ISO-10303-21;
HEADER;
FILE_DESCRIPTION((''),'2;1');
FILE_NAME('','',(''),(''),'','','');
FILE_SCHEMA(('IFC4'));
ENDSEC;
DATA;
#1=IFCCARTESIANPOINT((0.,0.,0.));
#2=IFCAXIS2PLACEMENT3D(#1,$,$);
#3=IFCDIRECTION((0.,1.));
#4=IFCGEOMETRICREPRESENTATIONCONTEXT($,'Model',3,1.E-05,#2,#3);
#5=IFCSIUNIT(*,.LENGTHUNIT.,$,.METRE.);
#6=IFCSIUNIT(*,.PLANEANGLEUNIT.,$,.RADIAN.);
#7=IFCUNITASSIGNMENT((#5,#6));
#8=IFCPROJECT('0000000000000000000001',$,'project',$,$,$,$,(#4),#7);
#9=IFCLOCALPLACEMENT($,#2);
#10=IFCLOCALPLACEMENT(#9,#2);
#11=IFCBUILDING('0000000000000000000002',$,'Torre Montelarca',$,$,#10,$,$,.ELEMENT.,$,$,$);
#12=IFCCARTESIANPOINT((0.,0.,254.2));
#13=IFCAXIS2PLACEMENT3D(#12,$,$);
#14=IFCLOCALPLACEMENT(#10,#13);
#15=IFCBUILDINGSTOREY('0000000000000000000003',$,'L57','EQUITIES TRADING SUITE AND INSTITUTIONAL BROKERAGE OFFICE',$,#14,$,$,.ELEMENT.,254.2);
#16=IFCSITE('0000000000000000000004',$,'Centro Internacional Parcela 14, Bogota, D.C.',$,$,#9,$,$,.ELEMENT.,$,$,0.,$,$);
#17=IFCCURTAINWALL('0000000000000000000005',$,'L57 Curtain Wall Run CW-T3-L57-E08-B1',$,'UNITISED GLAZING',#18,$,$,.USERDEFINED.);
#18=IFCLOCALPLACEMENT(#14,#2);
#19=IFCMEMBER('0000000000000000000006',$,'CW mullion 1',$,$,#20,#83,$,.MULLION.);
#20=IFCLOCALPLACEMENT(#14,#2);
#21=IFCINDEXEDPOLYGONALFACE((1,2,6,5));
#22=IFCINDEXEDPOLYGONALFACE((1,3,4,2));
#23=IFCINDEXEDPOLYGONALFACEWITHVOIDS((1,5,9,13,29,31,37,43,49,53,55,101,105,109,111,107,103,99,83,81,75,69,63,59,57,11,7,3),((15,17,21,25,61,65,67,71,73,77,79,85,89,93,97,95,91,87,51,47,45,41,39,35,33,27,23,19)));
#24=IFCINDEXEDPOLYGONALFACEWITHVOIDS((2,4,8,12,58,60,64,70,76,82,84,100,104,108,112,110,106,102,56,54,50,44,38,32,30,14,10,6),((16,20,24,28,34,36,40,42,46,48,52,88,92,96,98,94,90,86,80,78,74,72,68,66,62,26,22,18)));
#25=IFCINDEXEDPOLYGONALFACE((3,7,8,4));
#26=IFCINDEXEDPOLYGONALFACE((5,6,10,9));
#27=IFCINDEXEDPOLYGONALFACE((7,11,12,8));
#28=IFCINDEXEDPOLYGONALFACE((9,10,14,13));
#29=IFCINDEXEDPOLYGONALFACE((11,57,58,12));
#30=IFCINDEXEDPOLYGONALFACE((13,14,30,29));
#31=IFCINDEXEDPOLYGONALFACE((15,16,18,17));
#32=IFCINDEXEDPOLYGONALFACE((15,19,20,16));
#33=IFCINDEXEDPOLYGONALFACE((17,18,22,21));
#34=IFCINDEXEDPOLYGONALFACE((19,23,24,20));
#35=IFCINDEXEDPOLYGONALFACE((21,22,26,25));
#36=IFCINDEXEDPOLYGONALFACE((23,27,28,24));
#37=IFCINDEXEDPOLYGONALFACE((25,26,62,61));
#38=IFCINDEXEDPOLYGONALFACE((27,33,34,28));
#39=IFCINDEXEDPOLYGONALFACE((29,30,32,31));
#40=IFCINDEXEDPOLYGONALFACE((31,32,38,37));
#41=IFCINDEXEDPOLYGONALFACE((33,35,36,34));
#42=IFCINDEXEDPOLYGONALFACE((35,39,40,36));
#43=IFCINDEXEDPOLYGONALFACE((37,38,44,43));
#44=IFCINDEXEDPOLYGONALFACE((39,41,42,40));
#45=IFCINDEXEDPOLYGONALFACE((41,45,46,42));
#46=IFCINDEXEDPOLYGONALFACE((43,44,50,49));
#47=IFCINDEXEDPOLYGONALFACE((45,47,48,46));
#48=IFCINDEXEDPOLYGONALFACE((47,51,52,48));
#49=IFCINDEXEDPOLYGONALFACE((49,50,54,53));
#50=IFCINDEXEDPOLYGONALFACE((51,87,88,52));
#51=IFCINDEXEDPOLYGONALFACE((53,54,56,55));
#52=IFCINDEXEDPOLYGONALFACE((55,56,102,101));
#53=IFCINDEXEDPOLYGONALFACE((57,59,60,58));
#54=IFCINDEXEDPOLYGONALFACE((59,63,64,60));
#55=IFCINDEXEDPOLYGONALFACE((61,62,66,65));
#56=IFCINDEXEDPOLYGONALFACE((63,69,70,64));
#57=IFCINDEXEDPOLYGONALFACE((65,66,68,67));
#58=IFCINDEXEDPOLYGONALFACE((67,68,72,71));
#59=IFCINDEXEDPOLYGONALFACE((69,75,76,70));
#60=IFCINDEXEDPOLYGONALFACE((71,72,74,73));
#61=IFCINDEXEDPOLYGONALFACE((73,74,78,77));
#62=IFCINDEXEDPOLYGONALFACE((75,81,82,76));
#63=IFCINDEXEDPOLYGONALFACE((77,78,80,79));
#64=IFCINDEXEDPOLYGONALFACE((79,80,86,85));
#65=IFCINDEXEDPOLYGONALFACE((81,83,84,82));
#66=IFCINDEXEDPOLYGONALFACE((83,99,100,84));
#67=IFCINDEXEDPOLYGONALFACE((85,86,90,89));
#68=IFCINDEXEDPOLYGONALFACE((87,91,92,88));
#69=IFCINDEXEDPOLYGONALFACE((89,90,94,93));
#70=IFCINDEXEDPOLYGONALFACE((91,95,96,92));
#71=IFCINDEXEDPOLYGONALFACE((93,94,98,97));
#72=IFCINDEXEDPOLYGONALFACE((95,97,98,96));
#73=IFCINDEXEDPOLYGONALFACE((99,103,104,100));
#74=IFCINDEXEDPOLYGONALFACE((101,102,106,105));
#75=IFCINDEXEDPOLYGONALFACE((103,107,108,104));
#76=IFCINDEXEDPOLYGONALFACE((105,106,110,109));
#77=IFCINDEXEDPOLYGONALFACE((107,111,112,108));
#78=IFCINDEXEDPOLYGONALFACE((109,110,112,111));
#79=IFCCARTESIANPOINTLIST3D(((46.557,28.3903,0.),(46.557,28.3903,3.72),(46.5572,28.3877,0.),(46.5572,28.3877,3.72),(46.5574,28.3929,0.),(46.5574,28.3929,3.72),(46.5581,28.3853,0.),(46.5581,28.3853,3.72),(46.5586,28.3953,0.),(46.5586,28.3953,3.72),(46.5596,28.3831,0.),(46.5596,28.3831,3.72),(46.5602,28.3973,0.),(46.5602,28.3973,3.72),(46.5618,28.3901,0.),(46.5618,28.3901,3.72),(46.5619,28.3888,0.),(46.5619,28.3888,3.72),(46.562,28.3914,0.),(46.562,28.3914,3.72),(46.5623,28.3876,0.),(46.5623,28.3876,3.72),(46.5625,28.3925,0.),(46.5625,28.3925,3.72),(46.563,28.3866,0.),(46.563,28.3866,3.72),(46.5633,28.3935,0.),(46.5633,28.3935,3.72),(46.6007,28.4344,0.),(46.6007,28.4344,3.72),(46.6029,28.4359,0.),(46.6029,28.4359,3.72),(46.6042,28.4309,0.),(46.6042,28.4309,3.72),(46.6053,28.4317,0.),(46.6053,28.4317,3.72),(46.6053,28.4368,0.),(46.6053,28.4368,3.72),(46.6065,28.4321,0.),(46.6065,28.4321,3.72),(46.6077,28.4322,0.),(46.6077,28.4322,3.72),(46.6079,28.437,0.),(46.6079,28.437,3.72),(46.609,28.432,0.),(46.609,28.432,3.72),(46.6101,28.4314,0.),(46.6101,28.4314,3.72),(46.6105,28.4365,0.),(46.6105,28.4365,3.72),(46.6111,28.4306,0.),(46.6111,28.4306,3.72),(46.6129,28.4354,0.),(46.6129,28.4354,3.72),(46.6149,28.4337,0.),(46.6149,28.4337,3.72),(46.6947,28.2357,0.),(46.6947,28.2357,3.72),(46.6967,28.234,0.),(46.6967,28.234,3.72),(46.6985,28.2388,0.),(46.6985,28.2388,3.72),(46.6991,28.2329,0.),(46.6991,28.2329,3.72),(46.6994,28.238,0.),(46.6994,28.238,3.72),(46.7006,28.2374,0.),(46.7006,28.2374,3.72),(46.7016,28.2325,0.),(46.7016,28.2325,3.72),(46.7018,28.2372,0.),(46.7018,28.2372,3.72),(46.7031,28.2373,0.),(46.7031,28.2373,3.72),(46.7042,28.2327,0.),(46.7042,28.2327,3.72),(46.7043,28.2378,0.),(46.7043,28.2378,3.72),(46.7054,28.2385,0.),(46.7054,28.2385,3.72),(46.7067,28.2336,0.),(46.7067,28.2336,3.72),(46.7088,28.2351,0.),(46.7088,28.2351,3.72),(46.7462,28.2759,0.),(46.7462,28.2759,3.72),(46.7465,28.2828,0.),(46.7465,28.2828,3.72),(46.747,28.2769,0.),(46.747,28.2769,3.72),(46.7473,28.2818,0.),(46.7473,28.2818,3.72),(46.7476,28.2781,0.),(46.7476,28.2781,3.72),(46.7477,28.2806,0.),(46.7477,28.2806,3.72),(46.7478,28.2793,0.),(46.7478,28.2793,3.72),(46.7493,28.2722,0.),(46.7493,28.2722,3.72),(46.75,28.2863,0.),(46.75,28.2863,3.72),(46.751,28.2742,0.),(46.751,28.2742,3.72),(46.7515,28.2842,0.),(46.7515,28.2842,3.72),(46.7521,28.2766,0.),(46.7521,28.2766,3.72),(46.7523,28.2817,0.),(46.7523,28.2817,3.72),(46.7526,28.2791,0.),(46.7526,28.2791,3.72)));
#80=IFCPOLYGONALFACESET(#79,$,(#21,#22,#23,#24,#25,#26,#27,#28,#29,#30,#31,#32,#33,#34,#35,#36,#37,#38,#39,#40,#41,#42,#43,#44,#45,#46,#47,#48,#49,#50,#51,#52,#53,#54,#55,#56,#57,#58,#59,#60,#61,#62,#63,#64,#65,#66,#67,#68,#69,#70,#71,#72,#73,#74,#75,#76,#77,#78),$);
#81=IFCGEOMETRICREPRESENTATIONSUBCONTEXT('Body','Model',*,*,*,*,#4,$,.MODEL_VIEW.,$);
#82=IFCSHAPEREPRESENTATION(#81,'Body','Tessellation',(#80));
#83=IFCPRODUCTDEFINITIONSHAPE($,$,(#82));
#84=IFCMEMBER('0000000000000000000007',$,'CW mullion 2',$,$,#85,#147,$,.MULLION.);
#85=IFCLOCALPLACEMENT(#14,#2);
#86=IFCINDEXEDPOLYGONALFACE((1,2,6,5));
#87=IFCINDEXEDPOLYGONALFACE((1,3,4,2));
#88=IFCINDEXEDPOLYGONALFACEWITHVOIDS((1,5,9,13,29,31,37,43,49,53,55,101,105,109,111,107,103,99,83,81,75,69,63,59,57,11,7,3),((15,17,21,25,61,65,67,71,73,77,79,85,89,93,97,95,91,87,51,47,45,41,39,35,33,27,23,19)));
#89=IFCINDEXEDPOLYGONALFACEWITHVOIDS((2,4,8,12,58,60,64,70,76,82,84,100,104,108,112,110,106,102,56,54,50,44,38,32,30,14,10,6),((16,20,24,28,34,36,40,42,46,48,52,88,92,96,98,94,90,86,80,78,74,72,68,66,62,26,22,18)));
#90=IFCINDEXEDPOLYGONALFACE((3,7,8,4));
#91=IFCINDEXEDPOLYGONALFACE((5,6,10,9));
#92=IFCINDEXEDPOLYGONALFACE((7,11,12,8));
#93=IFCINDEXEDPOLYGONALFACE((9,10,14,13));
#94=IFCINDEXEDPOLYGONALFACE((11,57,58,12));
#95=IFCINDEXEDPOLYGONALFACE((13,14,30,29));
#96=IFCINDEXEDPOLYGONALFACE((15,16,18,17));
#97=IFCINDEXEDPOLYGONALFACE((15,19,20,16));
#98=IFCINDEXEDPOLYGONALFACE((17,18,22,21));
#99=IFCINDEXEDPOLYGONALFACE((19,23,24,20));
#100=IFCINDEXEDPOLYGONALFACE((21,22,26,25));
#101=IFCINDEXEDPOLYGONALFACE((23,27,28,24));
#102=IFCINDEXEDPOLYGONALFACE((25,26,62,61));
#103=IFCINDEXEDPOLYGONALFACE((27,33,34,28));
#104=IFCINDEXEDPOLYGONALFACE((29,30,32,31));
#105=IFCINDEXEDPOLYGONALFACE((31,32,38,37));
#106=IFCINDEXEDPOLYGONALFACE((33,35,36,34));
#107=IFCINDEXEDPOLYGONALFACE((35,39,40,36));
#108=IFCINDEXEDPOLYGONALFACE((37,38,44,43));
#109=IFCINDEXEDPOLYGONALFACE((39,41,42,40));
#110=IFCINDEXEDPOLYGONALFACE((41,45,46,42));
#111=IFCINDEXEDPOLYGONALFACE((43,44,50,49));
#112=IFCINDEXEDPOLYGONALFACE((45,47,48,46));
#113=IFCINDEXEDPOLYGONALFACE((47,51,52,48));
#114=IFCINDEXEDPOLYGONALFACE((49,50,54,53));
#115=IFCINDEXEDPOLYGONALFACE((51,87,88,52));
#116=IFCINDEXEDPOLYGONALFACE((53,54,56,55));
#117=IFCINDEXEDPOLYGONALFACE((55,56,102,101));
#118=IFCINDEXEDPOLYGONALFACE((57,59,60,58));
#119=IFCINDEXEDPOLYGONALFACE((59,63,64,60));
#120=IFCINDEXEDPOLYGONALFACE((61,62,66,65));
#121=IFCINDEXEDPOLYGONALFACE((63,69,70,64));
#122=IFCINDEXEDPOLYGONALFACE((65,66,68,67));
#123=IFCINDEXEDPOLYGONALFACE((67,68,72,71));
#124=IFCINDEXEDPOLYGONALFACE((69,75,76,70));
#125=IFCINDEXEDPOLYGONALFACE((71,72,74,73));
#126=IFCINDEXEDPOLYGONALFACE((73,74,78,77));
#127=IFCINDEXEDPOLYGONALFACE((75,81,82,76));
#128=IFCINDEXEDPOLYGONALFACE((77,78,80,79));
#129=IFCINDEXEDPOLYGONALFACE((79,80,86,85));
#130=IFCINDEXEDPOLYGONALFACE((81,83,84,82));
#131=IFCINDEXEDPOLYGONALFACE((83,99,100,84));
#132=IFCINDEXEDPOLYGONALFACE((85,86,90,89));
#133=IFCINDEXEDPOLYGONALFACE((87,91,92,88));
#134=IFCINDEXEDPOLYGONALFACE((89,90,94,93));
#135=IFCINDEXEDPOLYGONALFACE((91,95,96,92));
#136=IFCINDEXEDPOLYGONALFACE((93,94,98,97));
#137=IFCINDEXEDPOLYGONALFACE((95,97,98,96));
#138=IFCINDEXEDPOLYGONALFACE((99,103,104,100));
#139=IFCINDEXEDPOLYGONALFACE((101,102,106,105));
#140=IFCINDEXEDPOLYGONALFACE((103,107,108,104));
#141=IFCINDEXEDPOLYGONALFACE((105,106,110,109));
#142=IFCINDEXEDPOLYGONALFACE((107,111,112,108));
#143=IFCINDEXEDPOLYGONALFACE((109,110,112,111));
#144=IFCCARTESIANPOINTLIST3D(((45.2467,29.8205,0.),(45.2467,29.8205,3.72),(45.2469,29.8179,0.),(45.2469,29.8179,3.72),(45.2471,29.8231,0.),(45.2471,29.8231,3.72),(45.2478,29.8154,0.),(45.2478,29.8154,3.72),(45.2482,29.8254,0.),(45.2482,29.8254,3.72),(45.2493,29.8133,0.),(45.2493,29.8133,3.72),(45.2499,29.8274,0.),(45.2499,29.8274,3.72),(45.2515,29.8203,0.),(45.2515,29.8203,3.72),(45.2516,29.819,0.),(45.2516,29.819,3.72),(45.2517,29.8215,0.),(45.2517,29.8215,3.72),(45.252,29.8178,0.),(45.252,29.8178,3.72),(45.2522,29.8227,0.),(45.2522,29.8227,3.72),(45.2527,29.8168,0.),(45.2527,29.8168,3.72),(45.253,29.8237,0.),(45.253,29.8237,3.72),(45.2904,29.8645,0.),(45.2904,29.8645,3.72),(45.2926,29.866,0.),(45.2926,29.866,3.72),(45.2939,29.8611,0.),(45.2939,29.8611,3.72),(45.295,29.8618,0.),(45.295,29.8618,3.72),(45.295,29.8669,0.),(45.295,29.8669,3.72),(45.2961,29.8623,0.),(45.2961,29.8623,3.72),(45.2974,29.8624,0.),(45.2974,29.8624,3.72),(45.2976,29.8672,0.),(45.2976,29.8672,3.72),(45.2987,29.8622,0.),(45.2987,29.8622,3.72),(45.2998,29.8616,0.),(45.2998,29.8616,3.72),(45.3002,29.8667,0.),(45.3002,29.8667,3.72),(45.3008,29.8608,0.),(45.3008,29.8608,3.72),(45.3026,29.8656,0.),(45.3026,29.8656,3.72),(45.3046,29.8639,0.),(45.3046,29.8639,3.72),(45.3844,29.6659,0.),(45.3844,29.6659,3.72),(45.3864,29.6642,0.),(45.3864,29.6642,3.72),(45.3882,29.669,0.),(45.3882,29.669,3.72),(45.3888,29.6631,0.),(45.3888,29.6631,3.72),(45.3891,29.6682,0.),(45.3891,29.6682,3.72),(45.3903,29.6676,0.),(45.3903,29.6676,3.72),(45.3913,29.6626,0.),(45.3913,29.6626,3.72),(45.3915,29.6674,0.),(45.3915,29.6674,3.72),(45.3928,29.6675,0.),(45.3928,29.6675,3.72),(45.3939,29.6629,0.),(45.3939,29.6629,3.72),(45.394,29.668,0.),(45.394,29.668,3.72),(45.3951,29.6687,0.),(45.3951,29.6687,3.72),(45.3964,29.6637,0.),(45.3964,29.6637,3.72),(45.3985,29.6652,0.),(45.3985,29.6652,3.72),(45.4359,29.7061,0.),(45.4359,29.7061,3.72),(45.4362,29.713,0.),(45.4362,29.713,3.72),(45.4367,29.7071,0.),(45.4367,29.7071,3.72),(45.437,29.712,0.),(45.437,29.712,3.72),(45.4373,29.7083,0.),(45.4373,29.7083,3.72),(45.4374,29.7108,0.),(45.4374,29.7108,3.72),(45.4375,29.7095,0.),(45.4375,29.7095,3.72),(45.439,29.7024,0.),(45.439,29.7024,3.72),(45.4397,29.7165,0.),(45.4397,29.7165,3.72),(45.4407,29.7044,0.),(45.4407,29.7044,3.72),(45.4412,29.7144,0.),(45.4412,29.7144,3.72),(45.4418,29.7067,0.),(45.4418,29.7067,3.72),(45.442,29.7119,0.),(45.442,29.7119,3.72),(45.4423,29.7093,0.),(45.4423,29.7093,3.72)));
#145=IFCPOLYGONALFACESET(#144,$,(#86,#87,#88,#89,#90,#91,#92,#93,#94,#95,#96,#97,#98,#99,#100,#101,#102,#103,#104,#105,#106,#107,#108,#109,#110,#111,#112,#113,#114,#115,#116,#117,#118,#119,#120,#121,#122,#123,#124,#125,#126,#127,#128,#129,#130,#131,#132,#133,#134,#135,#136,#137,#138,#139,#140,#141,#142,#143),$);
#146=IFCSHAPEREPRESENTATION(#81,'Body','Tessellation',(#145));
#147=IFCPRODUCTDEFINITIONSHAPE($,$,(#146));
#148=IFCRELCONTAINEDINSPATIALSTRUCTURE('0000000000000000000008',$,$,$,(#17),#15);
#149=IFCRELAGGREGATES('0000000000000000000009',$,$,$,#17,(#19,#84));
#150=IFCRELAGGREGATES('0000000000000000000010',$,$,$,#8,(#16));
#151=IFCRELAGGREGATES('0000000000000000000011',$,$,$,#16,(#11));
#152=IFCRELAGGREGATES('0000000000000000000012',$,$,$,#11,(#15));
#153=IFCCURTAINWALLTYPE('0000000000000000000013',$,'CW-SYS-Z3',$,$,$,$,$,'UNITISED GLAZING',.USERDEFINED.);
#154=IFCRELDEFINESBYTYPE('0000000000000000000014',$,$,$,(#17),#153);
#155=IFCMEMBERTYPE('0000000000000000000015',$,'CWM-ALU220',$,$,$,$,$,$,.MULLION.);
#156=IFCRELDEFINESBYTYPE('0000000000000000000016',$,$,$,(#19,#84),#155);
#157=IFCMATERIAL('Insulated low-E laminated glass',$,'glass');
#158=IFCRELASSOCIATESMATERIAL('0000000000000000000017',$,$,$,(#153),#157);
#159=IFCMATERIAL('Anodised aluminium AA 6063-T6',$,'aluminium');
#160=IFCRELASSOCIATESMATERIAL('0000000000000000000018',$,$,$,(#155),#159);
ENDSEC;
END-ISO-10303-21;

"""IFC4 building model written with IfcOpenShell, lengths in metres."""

from ifc_helpers import new_model, si_unit, direction, frame, origin, origin_2d, place, context, subcontext, project, spatial, hollow_rectangle, extrude, source, transform, mapped, material, material_profile, profile_set, type_object, element, aggregate, save


model = new_model("IFC4")

# Units and contexts
model_context = context("Model", 3, precision=1e-05, world=origin(), true_north=direction((0.0, 1.0)))
body_context = subcontext(model_context, "Body", "Model", "MODEL_VIEW")
ifc_project = project(units=[si_unit("LENGTHUNIT", "METRE"), si_unit("PLANEANGLEUNIT", "RADIAN")], contexts=[model_context])

# Site, building, storey
site_placement = place(None, origin())
site = spatial("IfcSite", under=ifc_project, at=site_placement, Name="Centro Internacional Parcela 14, Bogota, D.C.", CompositionType="ELEMENT", RefElevation=0.0)
building_placement = place(site_placement, origin())
building = spatial("IfcBuilding", under=site, at=building_placement, Name="Torre Montelarca", CompositionType="ELEMENT")
storey_placement = place(building_placement, frame((0.0, 0.0, 254.2)))
storey = spatial("IfcBuildingStorey", under=building, at=storey_placement, Name="L57", Description="EQUITIES TRADING SUITE AND INSTITUTIONAL BROKERAGE OFFICE", CompositionType="ELEMENT", Elevation=254.2)

# Shared definitions
ifc_material_1 = material(Name="Insulated low-E laminated glass", Category="glass")
curtain_wall_type = type_object("IfcCurtainWallType", Name="CW-SYS-Z3", ElementType="UNITISED GLAZING", PredefinedType="USERDEFINED", material=ifc_material_1)
ifc_material_2 = material(Name="Anodised aluminium AA 6063-T6", Category="aluminium")
ifc_material_profile_1 = material_profile(ifc_material_2, hollow_rectangle(XDim=0.075, YDim=0.22, WallThickness=0.0049, InnerFilletRadius=0.0049, OuterFilletRadius=0.01, at=origin_2d()), Name="ALU75X220X5", Category="aluminium")
ifc_profile_set_1 = profile_set([ifc_material_profile_1], Name="Anodised aluminium AA 6063-T6")
member_type_1 = type_object("IfcMemberType", Name="CWM-ALU220", PredefinedType="MULLION", material=ifc_profile_set_1)
shared_shape_1 = source(origin(), body_context, "Body", "SweptSolid", [
    extrude(hollow_rectangle(XDim=0.075, YDim=0.22, WallThickness=0.0049, InnerFilletRadius=0.0049, OuterFilletRadius=0.01, at=origin_2d()), origin(), (0.0, 0.0, 1.0), 3.72),
])

# Curtain wall, members
curtain_wall_1_placement = place(storey_placement, origin())
curtain_wall_1 = element("IfcCurtainWall", 1, at=curtain_wall_1_placement, inside=storey, type_object=curtain_wall_type, Name="L57 Curtain Wall Run CW-T3-L57-E08-B1", ObjectType="UNITISED GLAZING", PredefinedType="USERDEFINED")
member_1_placement = place(storey_placement, frame((46.6548, 28.3347, 0.0), z_axis=(0.0, 0.0, 1.0), x_axis=(-0.737286, -0.67558, 0.0)))
member_1 = element("IfcMember", 2, at=member_1_placement, type_object=member_type_1, Name="CW mullion 1", PredefinedType="MULLION", context=body_context, shape_type="MappedRepresentation", body=[
    mapped(shared_shape_1, transform((0.0, 0.0, 0.0), scale=1.0)),
])
member_2_placement = place(storey_placement, frame((45.3445, 29.7649, 0.0), z_axis=(0.0, 0.0, 1.0), x_axis=(-0.737286, -0.67558, 0.0)))
member_2 = element("IfcMember", 3, at=member_2_placement, type_object=member_type_1, Name="CW mullion 2", PredefinedType="MULLION", context=body_context, shape_type="MappedRepresentation", body=[
    mapped(shared_shape_1, transform((0.0, 0.0, 0.0), scale=1.0)),
])

aggregate(curtain_wall_1, [member_1, member_2])

save(model, "model.ifc")
